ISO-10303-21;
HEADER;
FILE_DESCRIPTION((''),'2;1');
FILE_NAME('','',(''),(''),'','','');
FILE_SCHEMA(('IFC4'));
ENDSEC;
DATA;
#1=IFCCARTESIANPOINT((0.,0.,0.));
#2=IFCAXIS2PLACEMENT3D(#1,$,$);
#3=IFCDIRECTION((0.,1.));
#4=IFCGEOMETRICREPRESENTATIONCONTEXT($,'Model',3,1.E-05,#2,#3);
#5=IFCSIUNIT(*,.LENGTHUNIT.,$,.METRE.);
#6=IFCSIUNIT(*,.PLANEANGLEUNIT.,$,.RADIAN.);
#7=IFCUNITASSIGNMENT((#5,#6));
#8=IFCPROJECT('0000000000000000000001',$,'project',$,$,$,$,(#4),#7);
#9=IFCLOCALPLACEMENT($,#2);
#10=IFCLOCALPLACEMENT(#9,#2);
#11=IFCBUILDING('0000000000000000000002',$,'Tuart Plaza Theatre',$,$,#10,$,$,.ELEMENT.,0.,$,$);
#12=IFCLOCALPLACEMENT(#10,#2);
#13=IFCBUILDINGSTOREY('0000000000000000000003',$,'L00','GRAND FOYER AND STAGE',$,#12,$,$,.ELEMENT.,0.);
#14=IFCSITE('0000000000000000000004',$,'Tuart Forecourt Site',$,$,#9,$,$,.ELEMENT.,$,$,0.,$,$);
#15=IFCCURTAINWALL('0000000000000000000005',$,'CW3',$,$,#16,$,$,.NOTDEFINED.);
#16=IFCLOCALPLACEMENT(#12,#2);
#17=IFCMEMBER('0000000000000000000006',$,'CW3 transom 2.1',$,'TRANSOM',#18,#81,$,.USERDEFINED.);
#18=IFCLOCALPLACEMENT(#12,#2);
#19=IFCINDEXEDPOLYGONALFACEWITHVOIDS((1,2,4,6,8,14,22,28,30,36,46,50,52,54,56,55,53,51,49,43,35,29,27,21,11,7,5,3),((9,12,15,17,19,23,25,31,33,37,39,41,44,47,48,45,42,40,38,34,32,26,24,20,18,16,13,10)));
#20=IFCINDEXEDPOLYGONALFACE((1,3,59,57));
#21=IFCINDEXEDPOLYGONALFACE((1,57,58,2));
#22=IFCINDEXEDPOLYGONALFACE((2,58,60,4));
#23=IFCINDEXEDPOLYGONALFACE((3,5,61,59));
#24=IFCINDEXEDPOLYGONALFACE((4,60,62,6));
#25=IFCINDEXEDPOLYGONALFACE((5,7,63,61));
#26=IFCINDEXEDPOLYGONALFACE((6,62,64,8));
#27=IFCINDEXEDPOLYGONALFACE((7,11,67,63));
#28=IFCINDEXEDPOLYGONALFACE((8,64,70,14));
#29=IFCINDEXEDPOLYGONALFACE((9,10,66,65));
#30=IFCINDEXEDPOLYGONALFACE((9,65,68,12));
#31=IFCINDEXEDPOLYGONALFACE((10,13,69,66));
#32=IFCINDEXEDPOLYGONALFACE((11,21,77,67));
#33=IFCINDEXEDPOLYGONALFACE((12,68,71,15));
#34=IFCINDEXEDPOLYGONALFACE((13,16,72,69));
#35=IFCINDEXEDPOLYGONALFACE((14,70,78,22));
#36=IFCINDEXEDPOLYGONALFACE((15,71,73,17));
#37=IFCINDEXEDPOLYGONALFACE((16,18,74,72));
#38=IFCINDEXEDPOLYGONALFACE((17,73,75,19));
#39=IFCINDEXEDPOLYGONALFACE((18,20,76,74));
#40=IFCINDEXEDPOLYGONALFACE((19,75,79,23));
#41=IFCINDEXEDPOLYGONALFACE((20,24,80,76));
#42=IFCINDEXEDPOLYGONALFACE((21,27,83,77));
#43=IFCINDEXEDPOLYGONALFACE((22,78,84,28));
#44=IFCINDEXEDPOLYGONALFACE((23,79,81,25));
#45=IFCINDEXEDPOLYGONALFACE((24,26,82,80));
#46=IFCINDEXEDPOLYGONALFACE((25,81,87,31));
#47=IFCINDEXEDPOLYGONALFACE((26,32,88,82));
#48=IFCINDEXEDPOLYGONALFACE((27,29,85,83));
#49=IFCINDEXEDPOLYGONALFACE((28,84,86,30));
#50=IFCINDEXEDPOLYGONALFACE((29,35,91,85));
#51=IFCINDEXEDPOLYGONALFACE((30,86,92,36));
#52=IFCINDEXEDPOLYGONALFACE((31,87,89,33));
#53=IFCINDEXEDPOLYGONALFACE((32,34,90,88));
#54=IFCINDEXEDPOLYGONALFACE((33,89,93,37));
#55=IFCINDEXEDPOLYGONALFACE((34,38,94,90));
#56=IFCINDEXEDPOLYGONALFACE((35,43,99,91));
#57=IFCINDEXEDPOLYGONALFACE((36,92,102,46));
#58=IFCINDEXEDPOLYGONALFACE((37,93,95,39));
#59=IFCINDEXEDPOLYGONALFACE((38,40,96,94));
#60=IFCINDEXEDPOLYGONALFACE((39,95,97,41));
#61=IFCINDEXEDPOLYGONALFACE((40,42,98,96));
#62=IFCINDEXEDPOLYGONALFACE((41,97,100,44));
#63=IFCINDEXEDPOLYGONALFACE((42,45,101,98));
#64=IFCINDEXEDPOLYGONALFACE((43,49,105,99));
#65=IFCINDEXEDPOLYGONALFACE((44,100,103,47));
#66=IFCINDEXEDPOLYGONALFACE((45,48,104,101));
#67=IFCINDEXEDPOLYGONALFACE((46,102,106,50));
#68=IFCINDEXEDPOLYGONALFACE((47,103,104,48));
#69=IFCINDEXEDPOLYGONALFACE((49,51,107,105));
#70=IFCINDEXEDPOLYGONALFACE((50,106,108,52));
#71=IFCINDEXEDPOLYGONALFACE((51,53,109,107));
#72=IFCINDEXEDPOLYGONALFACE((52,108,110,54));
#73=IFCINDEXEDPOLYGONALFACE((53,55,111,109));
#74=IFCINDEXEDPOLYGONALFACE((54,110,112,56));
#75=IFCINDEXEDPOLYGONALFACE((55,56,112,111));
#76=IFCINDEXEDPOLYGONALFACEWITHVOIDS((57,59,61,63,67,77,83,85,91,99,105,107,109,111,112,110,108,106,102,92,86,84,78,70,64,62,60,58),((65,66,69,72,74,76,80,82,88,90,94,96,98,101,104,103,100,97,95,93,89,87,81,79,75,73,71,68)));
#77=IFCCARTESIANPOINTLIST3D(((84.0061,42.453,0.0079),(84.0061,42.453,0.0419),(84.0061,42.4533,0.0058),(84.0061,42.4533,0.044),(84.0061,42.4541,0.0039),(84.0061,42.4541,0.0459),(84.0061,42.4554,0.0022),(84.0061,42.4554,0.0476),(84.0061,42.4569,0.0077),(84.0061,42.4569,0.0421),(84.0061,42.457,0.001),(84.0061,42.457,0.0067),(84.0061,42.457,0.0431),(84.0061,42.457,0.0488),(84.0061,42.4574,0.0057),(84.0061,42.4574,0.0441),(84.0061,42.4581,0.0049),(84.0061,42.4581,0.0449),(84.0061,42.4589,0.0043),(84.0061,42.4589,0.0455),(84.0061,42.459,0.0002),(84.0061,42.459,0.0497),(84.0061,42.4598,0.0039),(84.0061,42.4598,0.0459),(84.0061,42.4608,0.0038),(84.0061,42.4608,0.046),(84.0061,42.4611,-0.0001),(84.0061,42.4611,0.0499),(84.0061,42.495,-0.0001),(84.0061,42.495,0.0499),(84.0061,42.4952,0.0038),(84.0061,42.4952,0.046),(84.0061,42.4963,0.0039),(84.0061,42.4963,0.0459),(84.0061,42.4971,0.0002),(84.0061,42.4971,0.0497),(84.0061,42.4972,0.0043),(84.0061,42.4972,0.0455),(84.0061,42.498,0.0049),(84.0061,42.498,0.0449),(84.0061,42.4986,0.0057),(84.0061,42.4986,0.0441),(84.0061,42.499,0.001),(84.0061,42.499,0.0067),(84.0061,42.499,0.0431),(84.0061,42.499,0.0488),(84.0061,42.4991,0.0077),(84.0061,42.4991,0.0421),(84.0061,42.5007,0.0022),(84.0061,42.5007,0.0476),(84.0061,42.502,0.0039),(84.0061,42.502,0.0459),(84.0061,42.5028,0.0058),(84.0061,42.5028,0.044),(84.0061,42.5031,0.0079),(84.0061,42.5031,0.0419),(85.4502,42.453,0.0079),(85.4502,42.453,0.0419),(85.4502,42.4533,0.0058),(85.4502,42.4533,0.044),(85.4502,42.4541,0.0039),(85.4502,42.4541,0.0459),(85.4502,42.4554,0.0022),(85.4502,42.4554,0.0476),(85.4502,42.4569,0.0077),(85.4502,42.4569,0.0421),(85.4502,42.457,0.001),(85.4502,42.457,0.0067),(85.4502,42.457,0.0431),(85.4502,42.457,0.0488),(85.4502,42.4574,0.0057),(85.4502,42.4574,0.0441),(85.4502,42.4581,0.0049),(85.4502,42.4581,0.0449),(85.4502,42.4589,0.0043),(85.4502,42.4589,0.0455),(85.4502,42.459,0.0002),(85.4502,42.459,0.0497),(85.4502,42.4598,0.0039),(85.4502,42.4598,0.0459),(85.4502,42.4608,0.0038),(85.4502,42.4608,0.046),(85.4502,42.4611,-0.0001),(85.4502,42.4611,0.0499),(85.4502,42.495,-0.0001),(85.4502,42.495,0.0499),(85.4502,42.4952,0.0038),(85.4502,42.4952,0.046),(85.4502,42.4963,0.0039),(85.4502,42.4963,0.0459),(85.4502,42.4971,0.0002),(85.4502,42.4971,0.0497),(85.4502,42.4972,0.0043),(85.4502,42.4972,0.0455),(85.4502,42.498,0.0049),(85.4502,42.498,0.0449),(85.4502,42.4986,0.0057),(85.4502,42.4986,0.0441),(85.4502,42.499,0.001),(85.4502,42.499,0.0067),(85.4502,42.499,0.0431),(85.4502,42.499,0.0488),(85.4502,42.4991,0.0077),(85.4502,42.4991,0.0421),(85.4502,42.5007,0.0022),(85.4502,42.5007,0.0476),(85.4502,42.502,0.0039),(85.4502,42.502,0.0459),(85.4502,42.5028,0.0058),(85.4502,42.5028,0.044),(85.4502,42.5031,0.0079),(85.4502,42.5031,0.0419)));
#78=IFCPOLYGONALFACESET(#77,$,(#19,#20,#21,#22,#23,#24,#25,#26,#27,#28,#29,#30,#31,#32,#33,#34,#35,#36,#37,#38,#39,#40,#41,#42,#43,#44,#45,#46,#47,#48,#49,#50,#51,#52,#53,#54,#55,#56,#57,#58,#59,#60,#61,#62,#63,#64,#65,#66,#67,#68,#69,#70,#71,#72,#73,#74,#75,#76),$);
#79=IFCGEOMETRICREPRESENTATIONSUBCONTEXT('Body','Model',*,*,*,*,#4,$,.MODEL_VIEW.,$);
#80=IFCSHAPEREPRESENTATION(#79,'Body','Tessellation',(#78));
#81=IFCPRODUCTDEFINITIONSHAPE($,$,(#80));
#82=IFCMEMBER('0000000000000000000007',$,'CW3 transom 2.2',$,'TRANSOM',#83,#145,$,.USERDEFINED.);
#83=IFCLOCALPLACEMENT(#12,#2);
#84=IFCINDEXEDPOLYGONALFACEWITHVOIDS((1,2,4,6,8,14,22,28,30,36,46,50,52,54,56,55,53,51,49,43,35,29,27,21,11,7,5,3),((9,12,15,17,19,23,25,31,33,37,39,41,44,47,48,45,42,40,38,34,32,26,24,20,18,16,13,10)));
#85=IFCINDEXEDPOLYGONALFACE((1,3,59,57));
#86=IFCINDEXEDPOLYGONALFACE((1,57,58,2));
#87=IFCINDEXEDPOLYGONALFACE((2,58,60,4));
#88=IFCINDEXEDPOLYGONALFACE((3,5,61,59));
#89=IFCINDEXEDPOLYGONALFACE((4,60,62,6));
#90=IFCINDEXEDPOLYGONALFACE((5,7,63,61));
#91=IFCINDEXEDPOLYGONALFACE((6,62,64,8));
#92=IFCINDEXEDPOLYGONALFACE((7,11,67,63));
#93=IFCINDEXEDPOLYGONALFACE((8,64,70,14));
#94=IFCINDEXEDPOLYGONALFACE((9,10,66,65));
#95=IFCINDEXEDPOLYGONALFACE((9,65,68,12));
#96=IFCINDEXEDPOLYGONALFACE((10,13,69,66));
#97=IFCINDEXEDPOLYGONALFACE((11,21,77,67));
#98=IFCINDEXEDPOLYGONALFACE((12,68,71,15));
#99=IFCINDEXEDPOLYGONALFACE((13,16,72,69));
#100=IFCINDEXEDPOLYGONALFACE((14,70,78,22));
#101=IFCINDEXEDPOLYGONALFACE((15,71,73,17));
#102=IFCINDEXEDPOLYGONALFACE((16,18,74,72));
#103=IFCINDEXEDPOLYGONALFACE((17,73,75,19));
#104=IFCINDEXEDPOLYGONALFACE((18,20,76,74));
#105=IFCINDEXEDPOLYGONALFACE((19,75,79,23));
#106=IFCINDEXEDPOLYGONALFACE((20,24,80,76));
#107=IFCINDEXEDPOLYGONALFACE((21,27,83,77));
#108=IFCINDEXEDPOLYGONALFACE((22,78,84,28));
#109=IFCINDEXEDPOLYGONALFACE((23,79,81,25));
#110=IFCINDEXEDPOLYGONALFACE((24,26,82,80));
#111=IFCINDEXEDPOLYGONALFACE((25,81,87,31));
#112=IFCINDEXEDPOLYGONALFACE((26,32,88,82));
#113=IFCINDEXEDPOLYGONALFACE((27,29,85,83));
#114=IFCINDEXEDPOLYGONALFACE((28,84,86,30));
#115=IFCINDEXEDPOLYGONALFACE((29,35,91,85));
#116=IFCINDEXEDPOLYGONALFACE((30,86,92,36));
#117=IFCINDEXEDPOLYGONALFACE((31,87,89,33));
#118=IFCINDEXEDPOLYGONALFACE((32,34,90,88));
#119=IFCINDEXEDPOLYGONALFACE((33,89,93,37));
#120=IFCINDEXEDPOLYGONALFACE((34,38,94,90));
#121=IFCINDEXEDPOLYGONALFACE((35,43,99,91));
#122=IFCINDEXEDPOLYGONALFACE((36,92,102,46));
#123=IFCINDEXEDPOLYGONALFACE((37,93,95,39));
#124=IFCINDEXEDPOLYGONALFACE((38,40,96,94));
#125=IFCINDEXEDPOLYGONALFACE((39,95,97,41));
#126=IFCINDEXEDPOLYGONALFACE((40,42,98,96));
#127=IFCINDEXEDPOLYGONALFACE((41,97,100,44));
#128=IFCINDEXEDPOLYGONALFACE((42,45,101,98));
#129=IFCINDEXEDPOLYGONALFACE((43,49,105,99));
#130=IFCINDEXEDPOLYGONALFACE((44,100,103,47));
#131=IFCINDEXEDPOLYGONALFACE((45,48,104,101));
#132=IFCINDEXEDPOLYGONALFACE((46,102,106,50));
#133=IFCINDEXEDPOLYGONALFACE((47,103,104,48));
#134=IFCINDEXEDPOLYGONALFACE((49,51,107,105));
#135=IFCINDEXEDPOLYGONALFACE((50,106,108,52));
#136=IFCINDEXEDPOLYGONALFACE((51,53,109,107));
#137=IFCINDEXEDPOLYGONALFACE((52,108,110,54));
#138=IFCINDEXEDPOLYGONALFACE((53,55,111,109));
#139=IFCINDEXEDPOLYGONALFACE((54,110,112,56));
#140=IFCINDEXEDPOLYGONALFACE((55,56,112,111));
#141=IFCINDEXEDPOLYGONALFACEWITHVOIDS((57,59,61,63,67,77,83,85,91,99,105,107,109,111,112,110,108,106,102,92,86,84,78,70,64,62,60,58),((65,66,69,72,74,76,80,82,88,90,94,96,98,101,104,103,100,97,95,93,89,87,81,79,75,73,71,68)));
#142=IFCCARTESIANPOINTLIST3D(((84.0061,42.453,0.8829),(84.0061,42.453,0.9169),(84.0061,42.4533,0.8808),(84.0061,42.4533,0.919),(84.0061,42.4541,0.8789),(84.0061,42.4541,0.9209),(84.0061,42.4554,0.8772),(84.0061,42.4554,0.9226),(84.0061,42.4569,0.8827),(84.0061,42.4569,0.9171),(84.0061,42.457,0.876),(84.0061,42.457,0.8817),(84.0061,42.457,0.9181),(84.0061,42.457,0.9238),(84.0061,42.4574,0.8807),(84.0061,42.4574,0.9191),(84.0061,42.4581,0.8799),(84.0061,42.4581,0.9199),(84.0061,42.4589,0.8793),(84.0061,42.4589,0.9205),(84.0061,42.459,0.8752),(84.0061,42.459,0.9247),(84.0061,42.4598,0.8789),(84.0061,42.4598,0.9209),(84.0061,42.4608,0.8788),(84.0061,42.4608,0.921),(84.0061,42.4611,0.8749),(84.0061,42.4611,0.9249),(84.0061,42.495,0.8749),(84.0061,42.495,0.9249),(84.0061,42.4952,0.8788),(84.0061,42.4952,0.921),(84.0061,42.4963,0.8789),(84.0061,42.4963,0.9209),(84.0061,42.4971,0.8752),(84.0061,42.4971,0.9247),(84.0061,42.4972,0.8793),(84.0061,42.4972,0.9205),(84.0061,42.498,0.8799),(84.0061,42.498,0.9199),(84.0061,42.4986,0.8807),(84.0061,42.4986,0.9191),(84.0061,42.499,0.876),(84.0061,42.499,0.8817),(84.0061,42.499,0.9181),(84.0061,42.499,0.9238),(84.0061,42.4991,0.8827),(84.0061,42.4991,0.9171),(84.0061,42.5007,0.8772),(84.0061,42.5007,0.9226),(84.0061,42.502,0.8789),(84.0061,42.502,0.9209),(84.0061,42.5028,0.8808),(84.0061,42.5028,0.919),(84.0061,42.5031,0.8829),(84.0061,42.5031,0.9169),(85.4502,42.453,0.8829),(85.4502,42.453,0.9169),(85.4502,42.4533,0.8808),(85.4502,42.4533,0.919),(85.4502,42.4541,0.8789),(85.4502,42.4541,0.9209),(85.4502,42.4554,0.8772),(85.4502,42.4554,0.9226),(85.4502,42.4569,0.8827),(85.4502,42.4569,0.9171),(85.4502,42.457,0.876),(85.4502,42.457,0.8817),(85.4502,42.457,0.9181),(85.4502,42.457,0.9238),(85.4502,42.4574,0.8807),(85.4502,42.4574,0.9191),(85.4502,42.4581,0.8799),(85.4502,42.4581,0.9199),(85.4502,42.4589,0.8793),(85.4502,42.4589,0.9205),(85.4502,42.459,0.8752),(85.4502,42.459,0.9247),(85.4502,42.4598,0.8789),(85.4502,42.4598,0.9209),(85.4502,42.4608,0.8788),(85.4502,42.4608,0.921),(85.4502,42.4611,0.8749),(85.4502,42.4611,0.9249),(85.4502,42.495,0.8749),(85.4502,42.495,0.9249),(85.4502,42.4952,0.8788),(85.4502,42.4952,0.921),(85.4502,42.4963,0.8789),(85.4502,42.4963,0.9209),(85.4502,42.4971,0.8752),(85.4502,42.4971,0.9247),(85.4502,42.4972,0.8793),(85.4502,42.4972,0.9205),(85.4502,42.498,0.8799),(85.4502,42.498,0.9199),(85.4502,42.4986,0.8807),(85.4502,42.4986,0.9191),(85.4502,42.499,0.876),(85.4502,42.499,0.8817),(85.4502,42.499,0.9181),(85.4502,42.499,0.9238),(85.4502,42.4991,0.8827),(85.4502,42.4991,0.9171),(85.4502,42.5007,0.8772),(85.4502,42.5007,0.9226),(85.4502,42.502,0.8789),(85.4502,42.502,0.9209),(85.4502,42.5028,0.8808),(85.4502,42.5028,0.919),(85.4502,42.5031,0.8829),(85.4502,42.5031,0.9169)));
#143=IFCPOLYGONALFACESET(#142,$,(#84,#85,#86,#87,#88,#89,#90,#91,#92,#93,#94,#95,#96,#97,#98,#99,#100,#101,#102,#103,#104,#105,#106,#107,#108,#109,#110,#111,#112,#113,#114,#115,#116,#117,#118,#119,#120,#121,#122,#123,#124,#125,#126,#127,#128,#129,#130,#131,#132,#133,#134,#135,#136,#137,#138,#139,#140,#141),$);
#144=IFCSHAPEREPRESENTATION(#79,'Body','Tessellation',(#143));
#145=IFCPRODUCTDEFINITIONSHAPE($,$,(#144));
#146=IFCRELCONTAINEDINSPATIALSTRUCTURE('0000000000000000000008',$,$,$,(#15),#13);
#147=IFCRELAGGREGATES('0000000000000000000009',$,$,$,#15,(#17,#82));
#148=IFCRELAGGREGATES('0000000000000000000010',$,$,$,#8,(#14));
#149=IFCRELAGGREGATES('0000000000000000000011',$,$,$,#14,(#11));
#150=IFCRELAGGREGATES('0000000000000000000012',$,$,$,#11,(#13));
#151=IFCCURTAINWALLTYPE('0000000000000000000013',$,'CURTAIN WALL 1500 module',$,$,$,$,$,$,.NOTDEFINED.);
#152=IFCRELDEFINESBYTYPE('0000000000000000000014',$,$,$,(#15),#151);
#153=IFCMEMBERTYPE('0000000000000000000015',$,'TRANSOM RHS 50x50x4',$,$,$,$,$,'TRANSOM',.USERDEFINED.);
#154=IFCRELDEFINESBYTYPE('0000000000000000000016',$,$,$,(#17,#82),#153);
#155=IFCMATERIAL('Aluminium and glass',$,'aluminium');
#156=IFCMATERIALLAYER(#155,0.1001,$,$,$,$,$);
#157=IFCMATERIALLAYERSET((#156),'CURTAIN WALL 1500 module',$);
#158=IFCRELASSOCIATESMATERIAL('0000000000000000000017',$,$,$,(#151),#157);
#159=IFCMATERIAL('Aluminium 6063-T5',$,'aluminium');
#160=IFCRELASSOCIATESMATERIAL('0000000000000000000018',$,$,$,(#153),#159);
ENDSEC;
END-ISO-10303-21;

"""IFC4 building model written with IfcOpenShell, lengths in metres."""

from ifc_helpers import new_model, si_unit, direction, frame, origin, origin_2d, place, context, subcontext, project, spatial, hollow_rectangle, extrude, material, layer, layer_set, material_profile, profile_set, type_object, element, aggregate, save


model = new_model("IFC4")

# Units and contexts
model_context = context("Model", 3, precision=1e-05, world=origin(), true_north=direction((0.0, 1.0)))
body_context = subcontext(model_context, "Body", "Model", "MODEL_VIEW")
ifc_project = project(units=[si_unit("LENGTHUNIT", "METRE"), si_unit("PLANEANGLEUNIT", "RADIAN")], contexts=[model_context])

# Site, building, storey
site_placement = place(None, origin())
site = spatial("IfcSite", under=ifc_project, at=site_placement, Name="Tuart Forecourt Site", CompositionType="ELEMENT", RefElevation=0.0)
building_placement = place(site_placement, origin())
building = spatial("IfcBuilding", under=site, at=building_placement, Name="Tuart Plaza Theatre", CompositionType="ELEMENT", ElevationOfRefHeight=0.0)
storey_placement = place(building_placement, origin())
storey = spatial("IfcBuildingStorey", under=building, at=storey_placement, Name="L00", Description="GRAND FOYER AND STAGE", CompositionType="ELEMENT", Elevation=0.0)

# Curtain wall, members
ifc_material_1 = material(Name="Aluminium and glass", Category="aluminium")
ifc_layer_1 = layer(ifc_material_1, 0.1001)
ifc_layer_set_1 = layer_set([ifc_layer_1], Name="CURTAIN WALL 1500 module")
curtain_wall_type = type_object("IfcCurtainWallType", Name="CURTAIN WALL 1500 module", PredefinedType="NOTDEFINED", material=ifc_layer_set_1)
curtain_wall_placement = place(storey_placement, origin())
curtain_wall = element("IfcCurtainWall", 1, at=curtain_wall_placement, inside=storey, type_object=curtain_wall_type, Name="CW3", PredefinedType="NOTDEFINED")
ifc_material_2 = material(Name="Aluminium 6063-T5", Category="aluminium")
ifc_material_profile_1 = material_profile(ifc_material_2, hollow_rectangle(XDim=0.05, YDim=0.05, WallThickness=0.0039, InnerFilletRadius=0.0039, OuterFilletRadius=0.0081, at=origin_2d()), Name="RHS 50x50x4")
ifc_profile_set_1 = profile_set([ifc_material_profile_1], Name="Aluminium 6063-T5")
member_type_1 = type_object("IfcMemberType", Name="TRANSOM RHS 50x50x4", ElementType="TRANSOM", PredefinedType="USERDEFINED", material=ifc_profile_set_1)
member_1_placement = place(storey_placement, frame((84.0061, 42.478, 0.0249), z_axis=(1.0, 0.0, 0.0), x_axis=(0.0, 1.0, 0.0)))
member_1 = element("IfcMember", 2, at=member_1_placement, type_object=member_type_1, Name="CW3 transom 2.1", ObjectType="TRANSOM", PredefinedType="USERDEFINED", context=body_context, shape_type="SweptSolid", body=[
    extrude(hollow_rectangle(XDim=0.05, YDim=0.05, WallThickness=0.0039, InnerFilletRadius=0.0039, OuterFilletRadius=0.0081, at=origin_2d()), origin(), (0.0, 0.0, 1.0), 1.4441),
])
member_2_placement = place(storey_placement, frame((84.0061, 42.478, 0.8999), z_axis=(1.0, 0.0, 0.0), x_axis=(0.0, 1.0, 0.0)))
member_2 = element("IfcMember", 3, at=member_2_placement, type_object=member_type_1, Name="CW3 transom 2.2", ObjectType="TRANSOM", PredefinedType="USERDEFINED", context=body_context, shape_type="SweptSolid", body=[
    extrude(hollow_rectangle(XDim=0.05, YDim=0.05, WallThickness=0.0039, InnerFilletRadius=0.0039, OuterFilletRadius=0.0081, at=origin_2d()), origin(), (0.0, 0.0, 1.0), 1.4441),
])
aggregate(curtain_wall, [member_1, member_2])

save(model, "model.ifc")
